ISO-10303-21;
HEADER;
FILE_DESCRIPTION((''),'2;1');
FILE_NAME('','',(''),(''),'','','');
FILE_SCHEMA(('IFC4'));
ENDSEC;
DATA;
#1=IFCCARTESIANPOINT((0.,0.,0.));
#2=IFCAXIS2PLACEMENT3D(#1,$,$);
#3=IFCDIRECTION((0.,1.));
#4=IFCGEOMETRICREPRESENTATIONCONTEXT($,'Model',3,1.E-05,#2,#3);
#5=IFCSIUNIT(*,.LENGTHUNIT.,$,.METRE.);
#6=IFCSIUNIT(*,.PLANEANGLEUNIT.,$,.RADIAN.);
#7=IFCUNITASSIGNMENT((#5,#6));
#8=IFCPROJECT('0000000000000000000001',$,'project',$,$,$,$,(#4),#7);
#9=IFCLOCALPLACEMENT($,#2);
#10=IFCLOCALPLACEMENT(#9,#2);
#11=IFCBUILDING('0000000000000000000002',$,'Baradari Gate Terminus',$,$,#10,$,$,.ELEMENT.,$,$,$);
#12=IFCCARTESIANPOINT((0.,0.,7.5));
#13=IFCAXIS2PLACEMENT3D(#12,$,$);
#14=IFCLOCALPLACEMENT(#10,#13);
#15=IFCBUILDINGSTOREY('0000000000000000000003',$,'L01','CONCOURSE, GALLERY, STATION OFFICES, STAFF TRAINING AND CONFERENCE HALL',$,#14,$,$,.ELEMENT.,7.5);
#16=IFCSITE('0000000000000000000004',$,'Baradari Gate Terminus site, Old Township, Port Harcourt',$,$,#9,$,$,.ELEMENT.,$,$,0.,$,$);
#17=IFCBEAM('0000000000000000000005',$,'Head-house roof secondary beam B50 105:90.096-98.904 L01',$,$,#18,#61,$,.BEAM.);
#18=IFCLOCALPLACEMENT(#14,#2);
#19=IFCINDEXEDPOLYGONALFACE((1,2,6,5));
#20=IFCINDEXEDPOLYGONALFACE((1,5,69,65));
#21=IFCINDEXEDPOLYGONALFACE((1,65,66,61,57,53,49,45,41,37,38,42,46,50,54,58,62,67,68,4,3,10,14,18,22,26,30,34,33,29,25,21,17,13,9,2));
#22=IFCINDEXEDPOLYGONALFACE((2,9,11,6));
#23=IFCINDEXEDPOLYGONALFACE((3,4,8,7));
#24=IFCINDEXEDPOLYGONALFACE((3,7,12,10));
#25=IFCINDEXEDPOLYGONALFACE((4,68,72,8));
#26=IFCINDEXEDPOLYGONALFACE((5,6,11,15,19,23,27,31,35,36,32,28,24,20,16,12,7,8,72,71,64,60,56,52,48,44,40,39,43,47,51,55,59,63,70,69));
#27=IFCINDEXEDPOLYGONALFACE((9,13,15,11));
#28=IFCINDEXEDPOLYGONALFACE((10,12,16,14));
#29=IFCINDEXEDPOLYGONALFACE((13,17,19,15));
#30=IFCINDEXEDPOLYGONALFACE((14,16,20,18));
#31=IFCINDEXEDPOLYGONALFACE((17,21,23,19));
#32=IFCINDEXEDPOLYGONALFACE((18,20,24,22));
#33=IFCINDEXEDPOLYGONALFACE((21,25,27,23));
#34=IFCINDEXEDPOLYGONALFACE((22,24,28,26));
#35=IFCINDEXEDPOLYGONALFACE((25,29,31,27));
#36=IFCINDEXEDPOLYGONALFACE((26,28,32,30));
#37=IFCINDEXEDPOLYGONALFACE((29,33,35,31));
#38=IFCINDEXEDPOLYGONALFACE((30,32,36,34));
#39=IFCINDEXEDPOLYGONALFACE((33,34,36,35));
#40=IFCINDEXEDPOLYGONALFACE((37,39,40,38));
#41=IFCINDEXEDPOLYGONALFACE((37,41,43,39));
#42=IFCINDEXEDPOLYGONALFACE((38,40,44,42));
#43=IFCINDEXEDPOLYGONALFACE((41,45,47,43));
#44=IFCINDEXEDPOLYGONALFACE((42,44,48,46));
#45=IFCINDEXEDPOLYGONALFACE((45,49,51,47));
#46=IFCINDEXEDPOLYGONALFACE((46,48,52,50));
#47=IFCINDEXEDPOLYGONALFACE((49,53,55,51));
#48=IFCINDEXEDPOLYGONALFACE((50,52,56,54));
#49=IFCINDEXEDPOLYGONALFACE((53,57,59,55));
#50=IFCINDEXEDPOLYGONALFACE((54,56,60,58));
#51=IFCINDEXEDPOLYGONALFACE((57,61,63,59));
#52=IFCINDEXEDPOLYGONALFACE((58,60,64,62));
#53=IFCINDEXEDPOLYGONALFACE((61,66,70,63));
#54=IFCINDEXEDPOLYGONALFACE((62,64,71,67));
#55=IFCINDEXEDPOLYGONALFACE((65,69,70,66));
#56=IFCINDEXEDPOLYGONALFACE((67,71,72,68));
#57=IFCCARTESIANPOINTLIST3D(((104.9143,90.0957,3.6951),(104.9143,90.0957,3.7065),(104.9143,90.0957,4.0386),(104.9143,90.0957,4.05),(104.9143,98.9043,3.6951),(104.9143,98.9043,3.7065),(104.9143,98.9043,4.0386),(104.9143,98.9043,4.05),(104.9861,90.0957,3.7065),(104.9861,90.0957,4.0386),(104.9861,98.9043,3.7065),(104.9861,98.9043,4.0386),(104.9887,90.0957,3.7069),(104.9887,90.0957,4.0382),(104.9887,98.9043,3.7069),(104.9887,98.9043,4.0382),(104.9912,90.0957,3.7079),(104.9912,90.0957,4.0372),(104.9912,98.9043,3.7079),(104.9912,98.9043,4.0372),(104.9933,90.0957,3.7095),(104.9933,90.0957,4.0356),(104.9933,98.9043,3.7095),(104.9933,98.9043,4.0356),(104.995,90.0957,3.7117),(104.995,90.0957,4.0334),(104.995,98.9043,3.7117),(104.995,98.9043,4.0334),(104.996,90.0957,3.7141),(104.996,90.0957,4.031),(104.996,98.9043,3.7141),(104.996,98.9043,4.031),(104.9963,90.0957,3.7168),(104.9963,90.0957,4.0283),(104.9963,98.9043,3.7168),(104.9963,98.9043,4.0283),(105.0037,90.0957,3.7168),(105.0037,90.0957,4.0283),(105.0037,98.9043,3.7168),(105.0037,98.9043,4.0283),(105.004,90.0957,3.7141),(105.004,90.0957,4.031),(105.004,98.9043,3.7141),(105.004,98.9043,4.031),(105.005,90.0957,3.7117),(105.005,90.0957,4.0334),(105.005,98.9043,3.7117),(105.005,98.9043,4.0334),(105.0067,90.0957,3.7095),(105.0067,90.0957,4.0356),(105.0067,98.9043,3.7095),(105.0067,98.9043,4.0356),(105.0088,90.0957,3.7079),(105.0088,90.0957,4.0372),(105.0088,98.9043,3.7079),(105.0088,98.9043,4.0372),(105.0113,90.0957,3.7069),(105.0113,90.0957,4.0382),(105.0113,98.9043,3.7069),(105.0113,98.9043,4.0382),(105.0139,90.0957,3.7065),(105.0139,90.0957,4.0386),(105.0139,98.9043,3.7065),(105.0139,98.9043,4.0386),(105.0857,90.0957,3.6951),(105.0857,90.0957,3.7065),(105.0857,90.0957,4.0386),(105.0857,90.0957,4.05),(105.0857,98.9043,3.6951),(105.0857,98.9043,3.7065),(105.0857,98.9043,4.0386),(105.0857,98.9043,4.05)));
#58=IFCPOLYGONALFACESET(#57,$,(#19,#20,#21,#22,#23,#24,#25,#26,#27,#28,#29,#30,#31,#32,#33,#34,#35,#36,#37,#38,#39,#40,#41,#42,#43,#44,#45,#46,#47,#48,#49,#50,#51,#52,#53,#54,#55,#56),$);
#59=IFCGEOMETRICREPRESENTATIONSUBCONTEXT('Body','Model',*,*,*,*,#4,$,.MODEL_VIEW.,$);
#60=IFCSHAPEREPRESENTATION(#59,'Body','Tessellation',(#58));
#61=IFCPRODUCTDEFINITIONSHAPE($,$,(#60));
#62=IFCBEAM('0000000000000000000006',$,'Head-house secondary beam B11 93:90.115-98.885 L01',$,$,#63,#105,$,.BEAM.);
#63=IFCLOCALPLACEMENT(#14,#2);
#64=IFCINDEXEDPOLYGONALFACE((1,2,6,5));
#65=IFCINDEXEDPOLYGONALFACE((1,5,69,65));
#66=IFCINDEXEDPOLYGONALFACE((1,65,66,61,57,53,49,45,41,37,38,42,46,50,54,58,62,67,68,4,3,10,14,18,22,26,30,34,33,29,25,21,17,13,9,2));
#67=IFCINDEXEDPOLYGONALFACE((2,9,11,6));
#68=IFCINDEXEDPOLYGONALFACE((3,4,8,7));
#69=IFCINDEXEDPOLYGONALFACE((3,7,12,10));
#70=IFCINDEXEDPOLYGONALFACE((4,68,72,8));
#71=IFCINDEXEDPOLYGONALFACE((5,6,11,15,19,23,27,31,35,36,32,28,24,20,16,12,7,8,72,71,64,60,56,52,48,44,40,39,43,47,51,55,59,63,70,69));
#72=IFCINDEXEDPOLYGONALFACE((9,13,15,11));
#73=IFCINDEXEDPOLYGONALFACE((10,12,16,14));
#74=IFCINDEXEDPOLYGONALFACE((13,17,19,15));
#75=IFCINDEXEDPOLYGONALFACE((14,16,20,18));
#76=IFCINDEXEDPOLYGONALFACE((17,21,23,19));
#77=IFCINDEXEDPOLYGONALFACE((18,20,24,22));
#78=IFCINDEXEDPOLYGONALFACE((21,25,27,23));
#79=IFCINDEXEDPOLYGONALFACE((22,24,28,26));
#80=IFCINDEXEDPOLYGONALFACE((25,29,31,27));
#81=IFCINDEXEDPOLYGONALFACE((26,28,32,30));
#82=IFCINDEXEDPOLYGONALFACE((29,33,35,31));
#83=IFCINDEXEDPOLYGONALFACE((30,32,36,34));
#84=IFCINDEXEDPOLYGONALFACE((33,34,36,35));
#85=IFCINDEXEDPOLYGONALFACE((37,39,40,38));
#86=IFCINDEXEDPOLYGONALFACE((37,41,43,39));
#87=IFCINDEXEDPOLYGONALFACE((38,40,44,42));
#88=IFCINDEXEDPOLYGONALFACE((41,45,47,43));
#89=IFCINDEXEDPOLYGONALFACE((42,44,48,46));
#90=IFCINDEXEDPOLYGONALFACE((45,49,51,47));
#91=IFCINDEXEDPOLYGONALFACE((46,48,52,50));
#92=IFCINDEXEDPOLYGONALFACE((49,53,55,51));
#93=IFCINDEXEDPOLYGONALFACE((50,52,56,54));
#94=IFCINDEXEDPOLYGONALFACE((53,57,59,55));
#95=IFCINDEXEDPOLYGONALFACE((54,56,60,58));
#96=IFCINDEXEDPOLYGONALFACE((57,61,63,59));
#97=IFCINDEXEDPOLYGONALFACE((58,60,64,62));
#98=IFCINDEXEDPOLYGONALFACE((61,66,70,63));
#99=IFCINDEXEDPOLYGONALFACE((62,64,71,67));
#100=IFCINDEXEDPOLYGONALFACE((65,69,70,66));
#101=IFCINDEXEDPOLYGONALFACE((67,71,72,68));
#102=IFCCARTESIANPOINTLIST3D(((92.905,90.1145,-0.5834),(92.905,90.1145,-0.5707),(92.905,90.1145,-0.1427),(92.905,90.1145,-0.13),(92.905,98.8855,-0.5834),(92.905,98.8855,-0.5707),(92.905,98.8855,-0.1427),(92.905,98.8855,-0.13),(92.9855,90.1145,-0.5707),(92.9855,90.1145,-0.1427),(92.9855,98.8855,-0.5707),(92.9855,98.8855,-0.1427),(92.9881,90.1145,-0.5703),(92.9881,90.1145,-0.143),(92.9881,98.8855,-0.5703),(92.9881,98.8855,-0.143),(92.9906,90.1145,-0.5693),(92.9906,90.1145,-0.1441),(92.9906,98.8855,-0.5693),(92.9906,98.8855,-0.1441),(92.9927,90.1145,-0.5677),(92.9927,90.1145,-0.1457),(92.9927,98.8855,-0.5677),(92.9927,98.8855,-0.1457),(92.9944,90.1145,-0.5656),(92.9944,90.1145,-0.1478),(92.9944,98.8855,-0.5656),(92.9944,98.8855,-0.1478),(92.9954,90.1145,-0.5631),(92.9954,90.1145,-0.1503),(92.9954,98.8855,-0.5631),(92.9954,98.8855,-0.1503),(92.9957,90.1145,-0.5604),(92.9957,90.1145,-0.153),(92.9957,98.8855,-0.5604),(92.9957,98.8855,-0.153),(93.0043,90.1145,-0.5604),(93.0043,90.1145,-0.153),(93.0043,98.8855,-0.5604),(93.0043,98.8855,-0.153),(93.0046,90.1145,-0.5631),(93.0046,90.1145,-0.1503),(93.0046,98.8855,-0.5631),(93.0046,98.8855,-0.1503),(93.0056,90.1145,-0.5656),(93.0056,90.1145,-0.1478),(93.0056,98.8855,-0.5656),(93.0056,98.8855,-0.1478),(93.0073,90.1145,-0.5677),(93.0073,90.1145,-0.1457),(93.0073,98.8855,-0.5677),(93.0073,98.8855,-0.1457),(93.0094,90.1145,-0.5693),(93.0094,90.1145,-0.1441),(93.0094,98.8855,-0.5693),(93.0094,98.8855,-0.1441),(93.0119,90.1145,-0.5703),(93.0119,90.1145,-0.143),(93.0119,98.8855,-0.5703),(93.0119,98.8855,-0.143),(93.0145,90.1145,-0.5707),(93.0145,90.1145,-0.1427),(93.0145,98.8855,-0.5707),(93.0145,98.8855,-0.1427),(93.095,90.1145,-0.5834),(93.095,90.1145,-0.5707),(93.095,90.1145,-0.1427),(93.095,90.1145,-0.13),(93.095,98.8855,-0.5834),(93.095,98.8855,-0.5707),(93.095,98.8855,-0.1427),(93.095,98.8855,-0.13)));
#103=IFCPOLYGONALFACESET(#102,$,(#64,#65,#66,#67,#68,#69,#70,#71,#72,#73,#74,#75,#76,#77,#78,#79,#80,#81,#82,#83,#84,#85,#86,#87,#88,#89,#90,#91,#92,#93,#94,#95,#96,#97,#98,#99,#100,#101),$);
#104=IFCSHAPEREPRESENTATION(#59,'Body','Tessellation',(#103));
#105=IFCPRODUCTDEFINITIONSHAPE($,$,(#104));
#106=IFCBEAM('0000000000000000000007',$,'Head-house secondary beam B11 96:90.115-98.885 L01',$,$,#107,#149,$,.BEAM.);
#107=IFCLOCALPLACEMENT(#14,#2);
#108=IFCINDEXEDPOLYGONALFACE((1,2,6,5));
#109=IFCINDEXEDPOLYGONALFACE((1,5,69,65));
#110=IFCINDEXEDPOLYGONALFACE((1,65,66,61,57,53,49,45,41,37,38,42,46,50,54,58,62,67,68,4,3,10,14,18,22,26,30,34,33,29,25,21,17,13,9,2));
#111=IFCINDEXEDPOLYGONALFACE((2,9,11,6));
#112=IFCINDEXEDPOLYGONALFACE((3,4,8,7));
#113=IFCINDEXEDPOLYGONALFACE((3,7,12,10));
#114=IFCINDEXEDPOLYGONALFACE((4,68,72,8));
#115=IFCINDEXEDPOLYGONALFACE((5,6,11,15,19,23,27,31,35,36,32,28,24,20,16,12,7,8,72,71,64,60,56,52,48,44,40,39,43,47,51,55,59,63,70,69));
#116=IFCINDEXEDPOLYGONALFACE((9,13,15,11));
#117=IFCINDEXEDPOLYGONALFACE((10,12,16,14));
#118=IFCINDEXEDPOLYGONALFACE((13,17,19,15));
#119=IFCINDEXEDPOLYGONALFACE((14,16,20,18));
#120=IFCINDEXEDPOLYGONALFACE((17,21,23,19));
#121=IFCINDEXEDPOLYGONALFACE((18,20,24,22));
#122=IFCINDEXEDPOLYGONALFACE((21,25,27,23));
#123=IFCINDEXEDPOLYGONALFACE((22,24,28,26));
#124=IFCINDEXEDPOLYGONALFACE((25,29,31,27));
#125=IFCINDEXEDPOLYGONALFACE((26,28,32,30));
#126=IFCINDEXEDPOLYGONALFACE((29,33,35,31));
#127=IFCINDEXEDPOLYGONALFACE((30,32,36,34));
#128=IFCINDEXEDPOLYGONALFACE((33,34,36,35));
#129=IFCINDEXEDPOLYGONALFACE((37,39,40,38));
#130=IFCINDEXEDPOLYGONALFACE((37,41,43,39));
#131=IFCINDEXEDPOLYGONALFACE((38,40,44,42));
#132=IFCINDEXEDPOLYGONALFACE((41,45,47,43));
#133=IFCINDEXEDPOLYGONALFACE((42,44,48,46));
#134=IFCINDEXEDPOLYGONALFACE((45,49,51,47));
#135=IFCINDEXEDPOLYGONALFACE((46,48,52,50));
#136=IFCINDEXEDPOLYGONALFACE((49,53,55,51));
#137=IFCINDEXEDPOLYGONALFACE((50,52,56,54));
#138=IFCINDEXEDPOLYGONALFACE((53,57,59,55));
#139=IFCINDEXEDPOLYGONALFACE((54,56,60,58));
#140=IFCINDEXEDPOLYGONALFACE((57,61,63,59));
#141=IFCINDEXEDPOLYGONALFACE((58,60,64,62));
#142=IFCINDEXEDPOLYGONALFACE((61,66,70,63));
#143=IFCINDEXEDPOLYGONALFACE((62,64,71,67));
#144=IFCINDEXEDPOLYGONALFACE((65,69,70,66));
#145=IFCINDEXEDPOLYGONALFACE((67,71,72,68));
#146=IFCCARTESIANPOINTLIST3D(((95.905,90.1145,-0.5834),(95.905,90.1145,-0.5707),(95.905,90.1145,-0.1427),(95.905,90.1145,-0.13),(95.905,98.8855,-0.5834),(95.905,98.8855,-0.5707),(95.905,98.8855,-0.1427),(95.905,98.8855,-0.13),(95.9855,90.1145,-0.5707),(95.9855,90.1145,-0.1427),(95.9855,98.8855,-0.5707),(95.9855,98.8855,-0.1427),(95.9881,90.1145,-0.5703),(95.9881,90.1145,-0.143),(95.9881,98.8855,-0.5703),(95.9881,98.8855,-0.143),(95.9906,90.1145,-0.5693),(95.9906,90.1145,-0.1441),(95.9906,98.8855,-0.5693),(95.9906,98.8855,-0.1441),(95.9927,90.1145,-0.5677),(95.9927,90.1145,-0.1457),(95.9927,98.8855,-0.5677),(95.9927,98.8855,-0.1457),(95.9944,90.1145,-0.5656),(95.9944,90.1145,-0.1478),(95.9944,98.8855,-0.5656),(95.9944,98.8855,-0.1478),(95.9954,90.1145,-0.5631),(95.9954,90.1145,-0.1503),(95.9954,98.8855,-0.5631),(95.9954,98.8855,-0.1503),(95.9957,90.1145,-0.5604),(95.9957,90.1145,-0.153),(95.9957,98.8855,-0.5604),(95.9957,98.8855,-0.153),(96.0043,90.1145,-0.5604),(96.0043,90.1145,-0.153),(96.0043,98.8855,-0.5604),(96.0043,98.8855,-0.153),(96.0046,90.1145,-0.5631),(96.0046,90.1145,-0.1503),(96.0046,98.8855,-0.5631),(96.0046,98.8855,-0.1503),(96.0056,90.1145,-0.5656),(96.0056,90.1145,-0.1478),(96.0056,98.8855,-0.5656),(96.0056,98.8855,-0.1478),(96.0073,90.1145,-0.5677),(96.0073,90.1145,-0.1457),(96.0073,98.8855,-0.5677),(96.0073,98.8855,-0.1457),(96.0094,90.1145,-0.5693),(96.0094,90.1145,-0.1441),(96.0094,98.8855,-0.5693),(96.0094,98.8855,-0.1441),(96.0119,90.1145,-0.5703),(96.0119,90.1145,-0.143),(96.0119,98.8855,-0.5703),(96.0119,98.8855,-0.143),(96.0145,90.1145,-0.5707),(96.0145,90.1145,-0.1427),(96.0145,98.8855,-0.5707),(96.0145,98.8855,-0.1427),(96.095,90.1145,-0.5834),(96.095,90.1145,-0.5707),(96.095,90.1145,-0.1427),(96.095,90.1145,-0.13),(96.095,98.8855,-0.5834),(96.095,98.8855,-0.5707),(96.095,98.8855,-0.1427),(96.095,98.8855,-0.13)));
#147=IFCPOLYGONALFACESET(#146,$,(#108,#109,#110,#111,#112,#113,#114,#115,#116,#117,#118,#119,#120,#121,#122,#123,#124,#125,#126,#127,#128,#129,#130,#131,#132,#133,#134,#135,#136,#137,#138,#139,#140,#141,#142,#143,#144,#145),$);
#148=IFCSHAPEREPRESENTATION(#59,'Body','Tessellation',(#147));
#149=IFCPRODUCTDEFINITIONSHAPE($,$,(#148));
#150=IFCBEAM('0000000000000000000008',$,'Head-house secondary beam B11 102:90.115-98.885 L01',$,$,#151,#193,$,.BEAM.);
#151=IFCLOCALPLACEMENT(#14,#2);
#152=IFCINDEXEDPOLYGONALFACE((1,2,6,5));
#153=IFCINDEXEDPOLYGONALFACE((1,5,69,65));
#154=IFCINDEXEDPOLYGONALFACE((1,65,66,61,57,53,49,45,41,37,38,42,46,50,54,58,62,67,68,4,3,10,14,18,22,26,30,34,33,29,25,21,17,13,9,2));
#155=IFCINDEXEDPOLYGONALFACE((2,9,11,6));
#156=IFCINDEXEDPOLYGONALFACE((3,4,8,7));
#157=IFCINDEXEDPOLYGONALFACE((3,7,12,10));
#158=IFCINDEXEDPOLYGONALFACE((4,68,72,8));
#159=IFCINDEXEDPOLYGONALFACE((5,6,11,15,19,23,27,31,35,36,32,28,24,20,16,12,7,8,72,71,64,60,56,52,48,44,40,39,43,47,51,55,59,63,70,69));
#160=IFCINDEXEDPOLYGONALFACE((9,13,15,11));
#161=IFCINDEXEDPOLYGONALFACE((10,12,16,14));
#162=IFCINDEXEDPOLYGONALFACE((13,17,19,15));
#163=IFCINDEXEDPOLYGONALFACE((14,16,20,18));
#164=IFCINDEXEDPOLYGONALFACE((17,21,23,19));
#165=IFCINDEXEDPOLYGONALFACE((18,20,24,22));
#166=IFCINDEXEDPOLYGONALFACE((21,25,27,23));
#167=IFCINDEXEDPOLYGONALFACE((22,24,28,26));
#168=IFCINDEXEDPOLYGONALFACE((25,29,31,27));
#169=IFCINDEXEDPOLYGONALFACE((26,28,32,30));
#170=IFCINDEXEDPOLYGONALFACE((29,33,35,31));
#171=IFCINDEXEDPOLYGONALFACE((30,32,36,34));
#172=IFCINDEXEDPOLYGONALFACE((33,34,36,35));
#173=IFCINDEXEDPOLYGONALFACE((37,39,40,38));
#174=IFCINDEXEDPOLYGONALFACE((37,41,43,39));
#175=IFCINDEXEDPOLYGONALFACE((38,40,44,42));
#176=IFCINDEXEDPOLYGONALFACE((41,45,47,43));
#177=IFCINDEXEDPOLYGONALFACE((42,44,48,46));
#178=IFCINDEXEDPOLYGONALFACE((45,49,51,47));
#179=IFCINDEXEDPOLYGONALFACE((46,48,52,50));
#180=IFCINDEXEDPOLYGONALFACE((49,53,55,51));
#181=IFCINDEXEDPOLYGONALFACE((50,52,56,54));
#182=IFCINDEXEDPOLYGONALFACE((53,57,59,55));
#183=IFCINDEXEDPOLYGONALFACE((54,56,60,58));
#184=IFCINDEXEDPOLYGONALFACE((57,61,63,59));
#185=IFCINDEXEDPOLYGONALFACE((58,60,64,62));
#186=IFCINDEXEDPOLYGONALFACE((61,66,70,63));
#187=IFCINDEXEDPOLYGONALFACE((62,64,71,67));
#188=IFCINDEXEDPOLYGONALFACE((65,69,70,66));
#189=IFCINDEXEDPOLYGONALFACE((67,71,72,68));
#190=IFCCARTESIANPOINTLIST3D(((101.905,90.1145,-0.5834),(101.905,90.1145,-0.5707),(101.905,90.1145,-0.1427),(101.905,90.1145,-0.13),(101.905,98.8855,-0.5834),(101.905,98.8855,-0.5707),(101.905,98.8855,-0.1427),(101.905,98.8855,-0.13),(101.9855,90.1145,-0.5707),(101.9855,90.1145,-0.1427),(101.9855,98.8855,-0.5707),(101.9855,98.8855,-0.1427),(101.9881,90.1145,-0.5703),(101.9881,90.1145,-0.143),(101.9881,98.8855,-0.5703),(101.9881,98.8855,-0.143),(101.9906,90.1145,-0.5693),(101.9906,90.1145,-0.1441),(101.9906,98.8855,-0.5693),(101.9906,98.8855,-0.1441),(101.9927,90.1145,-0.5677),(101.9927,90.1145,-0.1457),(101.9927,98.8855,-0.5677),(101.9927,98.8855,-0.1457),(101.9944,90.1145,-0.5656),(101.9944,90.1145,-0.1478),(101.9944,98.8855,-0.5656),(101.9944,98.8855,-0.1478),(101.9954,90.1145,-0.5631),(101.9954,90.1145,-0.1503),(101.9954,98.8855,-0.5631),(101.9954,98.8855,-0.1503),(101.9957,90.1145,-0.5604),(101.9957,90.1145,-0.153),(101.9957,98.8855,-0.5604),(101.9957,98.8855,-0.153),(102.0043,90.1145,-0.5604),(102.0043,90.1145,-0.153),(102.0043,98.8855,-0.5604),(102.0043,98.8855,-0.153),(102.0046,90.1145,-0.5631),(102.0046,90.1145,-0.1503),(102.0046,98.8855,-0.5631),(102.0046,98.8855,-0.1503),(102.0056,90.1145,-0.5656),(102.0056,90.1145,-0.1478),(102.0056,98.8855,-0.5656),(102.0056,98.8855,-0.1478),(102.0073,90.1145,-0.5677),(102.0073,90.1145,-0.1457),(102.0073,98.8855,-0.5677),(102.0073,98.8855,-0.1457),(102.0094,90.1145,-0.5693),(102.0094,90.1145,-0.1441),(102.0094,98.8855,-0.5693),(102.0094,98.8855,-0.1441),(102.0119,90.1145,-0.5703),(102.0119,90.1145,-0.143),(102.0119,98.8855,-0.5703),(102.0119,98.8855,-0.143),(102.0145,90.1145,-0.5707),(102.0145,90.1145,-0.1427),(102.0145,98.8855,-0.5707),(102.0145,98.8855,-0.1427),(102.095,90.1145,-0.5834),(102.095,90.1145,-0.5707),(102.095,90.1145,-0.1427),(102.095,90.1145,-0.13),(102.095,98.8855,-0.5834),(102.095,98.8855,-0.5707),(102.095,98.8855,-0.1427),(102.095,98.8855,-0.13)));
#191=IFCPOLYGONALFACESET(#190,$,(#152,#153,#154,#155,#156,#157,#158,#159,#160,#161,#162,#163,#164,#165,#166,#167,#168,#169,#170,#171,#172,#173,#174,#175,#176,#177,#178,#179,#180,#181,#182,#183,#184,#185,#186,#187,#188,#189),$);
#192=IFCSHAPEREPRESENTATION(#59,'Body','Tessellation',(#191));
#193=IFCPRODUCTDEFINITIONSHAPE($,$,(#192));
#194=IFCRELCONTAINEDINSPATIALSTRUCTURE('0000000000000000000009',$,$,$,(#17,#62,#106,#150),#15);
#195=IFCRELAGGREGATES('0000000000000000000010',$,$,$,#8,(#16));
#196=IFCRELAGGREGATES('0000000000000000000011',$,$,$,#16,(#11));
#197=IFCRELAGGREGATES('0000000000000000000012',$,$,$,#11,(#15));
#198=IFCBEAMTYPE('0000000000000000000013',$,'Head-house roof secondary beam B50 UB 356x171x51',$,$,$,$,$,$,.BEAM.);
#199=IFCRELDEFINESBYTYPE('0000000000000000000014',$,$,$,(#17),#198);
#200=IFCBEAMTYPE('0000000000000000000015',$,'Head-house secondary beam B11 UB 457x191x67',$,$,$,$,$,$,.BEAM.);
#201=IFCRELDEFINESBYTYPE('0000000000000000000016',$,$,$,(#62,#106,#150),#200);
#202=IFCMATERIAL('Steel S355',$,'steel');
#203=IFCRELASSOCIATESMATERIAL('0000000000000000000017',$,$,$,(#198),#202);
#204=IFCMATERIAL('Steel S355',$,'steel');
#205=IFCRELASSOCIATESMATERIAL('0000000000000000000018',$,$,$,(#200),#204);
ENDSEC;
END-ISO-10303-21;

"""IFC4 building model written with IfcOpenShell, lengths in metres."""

from ifc_helpers import new_model, si_unit, direction, frame, origin, origin_2d, place, context, subcontext, project, spatial, i_section, extrude, material, material_profile, profile_set, type_object, element, save


model = new_model("IFC4")

# Units and contexts
model_context = context("Model", 3, precision=1e-05, world=origin(), true_north=direction((0.0, 1.0)))
body_context = subcontext(model_context, "Body", "Model", "MODEL_VIEW")
ifc_project = project(units=[si_unit("LENGTHUNIT", "METRE"), si_unit("PLANEANGLEUNIT", "RADIAN")], contexts=[model_context])

# Site, building, storey
site_placement = place(None, origin())
site = spatial("IfcSite", under=ifc_project, at=site_placement, Name="Baradari Gate Terminus site, Old Township, Port Harcourt", CompositionType="ELEMENT", RefElevation=0.0)
building_placement = place(site_placement, origin())
building = spatial("IfcBuilding", under=site, at=building_placement, Name="Baradari Gate Terminus", CompositionType="ELEMENT")
storey_placement = place(building_placement, frame((0.0, 0.0, 7.5)))
storey = spatial("IfcBuildingStorey", under=building, at=storey_placement, Name="L01", Description="CONCOURSE, GALLERY, STATION OFFICES, STAFF TRAINING AND CONFERENCE HALL", CompositionType="ELEMENT", Elevation=7.5)

# Beams
ifc_material_1 = material(Name="Steel S355", Category="steel")
ifc_material_profile_1 = material_profile(ifc_material_1, i_section(OverallWidth=0.1714, OverallDepth=0.355, WebThickness=0.0073, FlangeThickness=0.0115, FilletRadius=0.0103, at=origin_2d()), Name="UB 356x171x51")
ifc_profile_set_1 = profile_set([ifc_material_profile_1], Name="Steel S355")
beam_type_1 = type_object("IfcBeamType", Name="Head-house roof secondary beam B50 UB 356x171x51", PredefinedType="BEAM", material=ifc_profile_set_1)
beam_1_placement = place(storey_placement, frame((105.0, 90.0957, 3.8726), z_axis=(0.0, 1.0, 0.0), x_axis=(-1.0, 0.0, 0.0)))
element("IfcBeam", 1, at=beam_1_placement, inside=storey, type_object=beam_type_1, Name="Head-house roof secondary beam B50 105:90.096-98.904 L01", PredefinedType="BEAM", context=body_context, shape_type="SweptSolid", body=[
    extrude(i_section(OverallWidth=0.1714, OverallDepth=0.355, WebThickness=0.0073, FlangeThickness=0.0115, FilletRadius=0.0103, at=origin_2d()), origin(), (0.0, 0.0, 1.0), 8.8086),
])
ifc_material_2 = material(Name="Steel S355", Category="steel")
ifc_material_profile_2 = material_profile(ifc_material_2, i_section(OverallWidth=0.1899, OverallDepth=0.4534, WebThickness=0.0085, FlangeThickness=0.0127, FilletRadius=0.0103, at=origin_2d()), Name="UB 457x191x67")
ifc_profile_set_2 = profile_set([ifc_material_profile_2], Name="Steel S355")
beam_type_2 = type_object("IfcBeamType", Name="Head-house secondary beam B11 UB 457x191x67", PredefinedType="BEAM", material=ifc_profile_set_2)
for number, where, z_axis, x_axis, name in (
    (2, (93.0, 90.1145, -0.3567), (0.0, 1.0, 0.0), (-1.0, 0.0, 0.0), "Head-house secondary beam B11 93:90.115-98.885 L01"),
    (3, (96.0, 90.1145, -0.3567), (0.0, 1.0, 0.0), (-1.0, 0.0, 0.0), "Head-house secondary beam B11 96:90.115-98.885 L01"),
    (4, (102.0, 90.1145, -0.3567), (0.0, 1.0, 0.0), (-1.0, 0.0, 0.0), "Head-house secondary beam B11 102:90.115-98.885 L01"),
):
    element("IfcBeam", number, at=place(storey_placement, frame(where, z_axis=z_axis, x_axis=x_axis)), inside=storey, type_object=beam_type_2, Name=name, PredefinedType="BEAM", context=body_context, shape_type="SweptSolid", body=[
        extrude(i_section(OverallWidth=0.1899, OverallDepth=0.4534, WebThickness=0.0085, FlangeThickness=0.0127, FilletRadius=0.0103, at=origin_2d()), origin(), (0.0, 0.0, 1.0), 8.771),
    ])

save(model, "model.ifc")
